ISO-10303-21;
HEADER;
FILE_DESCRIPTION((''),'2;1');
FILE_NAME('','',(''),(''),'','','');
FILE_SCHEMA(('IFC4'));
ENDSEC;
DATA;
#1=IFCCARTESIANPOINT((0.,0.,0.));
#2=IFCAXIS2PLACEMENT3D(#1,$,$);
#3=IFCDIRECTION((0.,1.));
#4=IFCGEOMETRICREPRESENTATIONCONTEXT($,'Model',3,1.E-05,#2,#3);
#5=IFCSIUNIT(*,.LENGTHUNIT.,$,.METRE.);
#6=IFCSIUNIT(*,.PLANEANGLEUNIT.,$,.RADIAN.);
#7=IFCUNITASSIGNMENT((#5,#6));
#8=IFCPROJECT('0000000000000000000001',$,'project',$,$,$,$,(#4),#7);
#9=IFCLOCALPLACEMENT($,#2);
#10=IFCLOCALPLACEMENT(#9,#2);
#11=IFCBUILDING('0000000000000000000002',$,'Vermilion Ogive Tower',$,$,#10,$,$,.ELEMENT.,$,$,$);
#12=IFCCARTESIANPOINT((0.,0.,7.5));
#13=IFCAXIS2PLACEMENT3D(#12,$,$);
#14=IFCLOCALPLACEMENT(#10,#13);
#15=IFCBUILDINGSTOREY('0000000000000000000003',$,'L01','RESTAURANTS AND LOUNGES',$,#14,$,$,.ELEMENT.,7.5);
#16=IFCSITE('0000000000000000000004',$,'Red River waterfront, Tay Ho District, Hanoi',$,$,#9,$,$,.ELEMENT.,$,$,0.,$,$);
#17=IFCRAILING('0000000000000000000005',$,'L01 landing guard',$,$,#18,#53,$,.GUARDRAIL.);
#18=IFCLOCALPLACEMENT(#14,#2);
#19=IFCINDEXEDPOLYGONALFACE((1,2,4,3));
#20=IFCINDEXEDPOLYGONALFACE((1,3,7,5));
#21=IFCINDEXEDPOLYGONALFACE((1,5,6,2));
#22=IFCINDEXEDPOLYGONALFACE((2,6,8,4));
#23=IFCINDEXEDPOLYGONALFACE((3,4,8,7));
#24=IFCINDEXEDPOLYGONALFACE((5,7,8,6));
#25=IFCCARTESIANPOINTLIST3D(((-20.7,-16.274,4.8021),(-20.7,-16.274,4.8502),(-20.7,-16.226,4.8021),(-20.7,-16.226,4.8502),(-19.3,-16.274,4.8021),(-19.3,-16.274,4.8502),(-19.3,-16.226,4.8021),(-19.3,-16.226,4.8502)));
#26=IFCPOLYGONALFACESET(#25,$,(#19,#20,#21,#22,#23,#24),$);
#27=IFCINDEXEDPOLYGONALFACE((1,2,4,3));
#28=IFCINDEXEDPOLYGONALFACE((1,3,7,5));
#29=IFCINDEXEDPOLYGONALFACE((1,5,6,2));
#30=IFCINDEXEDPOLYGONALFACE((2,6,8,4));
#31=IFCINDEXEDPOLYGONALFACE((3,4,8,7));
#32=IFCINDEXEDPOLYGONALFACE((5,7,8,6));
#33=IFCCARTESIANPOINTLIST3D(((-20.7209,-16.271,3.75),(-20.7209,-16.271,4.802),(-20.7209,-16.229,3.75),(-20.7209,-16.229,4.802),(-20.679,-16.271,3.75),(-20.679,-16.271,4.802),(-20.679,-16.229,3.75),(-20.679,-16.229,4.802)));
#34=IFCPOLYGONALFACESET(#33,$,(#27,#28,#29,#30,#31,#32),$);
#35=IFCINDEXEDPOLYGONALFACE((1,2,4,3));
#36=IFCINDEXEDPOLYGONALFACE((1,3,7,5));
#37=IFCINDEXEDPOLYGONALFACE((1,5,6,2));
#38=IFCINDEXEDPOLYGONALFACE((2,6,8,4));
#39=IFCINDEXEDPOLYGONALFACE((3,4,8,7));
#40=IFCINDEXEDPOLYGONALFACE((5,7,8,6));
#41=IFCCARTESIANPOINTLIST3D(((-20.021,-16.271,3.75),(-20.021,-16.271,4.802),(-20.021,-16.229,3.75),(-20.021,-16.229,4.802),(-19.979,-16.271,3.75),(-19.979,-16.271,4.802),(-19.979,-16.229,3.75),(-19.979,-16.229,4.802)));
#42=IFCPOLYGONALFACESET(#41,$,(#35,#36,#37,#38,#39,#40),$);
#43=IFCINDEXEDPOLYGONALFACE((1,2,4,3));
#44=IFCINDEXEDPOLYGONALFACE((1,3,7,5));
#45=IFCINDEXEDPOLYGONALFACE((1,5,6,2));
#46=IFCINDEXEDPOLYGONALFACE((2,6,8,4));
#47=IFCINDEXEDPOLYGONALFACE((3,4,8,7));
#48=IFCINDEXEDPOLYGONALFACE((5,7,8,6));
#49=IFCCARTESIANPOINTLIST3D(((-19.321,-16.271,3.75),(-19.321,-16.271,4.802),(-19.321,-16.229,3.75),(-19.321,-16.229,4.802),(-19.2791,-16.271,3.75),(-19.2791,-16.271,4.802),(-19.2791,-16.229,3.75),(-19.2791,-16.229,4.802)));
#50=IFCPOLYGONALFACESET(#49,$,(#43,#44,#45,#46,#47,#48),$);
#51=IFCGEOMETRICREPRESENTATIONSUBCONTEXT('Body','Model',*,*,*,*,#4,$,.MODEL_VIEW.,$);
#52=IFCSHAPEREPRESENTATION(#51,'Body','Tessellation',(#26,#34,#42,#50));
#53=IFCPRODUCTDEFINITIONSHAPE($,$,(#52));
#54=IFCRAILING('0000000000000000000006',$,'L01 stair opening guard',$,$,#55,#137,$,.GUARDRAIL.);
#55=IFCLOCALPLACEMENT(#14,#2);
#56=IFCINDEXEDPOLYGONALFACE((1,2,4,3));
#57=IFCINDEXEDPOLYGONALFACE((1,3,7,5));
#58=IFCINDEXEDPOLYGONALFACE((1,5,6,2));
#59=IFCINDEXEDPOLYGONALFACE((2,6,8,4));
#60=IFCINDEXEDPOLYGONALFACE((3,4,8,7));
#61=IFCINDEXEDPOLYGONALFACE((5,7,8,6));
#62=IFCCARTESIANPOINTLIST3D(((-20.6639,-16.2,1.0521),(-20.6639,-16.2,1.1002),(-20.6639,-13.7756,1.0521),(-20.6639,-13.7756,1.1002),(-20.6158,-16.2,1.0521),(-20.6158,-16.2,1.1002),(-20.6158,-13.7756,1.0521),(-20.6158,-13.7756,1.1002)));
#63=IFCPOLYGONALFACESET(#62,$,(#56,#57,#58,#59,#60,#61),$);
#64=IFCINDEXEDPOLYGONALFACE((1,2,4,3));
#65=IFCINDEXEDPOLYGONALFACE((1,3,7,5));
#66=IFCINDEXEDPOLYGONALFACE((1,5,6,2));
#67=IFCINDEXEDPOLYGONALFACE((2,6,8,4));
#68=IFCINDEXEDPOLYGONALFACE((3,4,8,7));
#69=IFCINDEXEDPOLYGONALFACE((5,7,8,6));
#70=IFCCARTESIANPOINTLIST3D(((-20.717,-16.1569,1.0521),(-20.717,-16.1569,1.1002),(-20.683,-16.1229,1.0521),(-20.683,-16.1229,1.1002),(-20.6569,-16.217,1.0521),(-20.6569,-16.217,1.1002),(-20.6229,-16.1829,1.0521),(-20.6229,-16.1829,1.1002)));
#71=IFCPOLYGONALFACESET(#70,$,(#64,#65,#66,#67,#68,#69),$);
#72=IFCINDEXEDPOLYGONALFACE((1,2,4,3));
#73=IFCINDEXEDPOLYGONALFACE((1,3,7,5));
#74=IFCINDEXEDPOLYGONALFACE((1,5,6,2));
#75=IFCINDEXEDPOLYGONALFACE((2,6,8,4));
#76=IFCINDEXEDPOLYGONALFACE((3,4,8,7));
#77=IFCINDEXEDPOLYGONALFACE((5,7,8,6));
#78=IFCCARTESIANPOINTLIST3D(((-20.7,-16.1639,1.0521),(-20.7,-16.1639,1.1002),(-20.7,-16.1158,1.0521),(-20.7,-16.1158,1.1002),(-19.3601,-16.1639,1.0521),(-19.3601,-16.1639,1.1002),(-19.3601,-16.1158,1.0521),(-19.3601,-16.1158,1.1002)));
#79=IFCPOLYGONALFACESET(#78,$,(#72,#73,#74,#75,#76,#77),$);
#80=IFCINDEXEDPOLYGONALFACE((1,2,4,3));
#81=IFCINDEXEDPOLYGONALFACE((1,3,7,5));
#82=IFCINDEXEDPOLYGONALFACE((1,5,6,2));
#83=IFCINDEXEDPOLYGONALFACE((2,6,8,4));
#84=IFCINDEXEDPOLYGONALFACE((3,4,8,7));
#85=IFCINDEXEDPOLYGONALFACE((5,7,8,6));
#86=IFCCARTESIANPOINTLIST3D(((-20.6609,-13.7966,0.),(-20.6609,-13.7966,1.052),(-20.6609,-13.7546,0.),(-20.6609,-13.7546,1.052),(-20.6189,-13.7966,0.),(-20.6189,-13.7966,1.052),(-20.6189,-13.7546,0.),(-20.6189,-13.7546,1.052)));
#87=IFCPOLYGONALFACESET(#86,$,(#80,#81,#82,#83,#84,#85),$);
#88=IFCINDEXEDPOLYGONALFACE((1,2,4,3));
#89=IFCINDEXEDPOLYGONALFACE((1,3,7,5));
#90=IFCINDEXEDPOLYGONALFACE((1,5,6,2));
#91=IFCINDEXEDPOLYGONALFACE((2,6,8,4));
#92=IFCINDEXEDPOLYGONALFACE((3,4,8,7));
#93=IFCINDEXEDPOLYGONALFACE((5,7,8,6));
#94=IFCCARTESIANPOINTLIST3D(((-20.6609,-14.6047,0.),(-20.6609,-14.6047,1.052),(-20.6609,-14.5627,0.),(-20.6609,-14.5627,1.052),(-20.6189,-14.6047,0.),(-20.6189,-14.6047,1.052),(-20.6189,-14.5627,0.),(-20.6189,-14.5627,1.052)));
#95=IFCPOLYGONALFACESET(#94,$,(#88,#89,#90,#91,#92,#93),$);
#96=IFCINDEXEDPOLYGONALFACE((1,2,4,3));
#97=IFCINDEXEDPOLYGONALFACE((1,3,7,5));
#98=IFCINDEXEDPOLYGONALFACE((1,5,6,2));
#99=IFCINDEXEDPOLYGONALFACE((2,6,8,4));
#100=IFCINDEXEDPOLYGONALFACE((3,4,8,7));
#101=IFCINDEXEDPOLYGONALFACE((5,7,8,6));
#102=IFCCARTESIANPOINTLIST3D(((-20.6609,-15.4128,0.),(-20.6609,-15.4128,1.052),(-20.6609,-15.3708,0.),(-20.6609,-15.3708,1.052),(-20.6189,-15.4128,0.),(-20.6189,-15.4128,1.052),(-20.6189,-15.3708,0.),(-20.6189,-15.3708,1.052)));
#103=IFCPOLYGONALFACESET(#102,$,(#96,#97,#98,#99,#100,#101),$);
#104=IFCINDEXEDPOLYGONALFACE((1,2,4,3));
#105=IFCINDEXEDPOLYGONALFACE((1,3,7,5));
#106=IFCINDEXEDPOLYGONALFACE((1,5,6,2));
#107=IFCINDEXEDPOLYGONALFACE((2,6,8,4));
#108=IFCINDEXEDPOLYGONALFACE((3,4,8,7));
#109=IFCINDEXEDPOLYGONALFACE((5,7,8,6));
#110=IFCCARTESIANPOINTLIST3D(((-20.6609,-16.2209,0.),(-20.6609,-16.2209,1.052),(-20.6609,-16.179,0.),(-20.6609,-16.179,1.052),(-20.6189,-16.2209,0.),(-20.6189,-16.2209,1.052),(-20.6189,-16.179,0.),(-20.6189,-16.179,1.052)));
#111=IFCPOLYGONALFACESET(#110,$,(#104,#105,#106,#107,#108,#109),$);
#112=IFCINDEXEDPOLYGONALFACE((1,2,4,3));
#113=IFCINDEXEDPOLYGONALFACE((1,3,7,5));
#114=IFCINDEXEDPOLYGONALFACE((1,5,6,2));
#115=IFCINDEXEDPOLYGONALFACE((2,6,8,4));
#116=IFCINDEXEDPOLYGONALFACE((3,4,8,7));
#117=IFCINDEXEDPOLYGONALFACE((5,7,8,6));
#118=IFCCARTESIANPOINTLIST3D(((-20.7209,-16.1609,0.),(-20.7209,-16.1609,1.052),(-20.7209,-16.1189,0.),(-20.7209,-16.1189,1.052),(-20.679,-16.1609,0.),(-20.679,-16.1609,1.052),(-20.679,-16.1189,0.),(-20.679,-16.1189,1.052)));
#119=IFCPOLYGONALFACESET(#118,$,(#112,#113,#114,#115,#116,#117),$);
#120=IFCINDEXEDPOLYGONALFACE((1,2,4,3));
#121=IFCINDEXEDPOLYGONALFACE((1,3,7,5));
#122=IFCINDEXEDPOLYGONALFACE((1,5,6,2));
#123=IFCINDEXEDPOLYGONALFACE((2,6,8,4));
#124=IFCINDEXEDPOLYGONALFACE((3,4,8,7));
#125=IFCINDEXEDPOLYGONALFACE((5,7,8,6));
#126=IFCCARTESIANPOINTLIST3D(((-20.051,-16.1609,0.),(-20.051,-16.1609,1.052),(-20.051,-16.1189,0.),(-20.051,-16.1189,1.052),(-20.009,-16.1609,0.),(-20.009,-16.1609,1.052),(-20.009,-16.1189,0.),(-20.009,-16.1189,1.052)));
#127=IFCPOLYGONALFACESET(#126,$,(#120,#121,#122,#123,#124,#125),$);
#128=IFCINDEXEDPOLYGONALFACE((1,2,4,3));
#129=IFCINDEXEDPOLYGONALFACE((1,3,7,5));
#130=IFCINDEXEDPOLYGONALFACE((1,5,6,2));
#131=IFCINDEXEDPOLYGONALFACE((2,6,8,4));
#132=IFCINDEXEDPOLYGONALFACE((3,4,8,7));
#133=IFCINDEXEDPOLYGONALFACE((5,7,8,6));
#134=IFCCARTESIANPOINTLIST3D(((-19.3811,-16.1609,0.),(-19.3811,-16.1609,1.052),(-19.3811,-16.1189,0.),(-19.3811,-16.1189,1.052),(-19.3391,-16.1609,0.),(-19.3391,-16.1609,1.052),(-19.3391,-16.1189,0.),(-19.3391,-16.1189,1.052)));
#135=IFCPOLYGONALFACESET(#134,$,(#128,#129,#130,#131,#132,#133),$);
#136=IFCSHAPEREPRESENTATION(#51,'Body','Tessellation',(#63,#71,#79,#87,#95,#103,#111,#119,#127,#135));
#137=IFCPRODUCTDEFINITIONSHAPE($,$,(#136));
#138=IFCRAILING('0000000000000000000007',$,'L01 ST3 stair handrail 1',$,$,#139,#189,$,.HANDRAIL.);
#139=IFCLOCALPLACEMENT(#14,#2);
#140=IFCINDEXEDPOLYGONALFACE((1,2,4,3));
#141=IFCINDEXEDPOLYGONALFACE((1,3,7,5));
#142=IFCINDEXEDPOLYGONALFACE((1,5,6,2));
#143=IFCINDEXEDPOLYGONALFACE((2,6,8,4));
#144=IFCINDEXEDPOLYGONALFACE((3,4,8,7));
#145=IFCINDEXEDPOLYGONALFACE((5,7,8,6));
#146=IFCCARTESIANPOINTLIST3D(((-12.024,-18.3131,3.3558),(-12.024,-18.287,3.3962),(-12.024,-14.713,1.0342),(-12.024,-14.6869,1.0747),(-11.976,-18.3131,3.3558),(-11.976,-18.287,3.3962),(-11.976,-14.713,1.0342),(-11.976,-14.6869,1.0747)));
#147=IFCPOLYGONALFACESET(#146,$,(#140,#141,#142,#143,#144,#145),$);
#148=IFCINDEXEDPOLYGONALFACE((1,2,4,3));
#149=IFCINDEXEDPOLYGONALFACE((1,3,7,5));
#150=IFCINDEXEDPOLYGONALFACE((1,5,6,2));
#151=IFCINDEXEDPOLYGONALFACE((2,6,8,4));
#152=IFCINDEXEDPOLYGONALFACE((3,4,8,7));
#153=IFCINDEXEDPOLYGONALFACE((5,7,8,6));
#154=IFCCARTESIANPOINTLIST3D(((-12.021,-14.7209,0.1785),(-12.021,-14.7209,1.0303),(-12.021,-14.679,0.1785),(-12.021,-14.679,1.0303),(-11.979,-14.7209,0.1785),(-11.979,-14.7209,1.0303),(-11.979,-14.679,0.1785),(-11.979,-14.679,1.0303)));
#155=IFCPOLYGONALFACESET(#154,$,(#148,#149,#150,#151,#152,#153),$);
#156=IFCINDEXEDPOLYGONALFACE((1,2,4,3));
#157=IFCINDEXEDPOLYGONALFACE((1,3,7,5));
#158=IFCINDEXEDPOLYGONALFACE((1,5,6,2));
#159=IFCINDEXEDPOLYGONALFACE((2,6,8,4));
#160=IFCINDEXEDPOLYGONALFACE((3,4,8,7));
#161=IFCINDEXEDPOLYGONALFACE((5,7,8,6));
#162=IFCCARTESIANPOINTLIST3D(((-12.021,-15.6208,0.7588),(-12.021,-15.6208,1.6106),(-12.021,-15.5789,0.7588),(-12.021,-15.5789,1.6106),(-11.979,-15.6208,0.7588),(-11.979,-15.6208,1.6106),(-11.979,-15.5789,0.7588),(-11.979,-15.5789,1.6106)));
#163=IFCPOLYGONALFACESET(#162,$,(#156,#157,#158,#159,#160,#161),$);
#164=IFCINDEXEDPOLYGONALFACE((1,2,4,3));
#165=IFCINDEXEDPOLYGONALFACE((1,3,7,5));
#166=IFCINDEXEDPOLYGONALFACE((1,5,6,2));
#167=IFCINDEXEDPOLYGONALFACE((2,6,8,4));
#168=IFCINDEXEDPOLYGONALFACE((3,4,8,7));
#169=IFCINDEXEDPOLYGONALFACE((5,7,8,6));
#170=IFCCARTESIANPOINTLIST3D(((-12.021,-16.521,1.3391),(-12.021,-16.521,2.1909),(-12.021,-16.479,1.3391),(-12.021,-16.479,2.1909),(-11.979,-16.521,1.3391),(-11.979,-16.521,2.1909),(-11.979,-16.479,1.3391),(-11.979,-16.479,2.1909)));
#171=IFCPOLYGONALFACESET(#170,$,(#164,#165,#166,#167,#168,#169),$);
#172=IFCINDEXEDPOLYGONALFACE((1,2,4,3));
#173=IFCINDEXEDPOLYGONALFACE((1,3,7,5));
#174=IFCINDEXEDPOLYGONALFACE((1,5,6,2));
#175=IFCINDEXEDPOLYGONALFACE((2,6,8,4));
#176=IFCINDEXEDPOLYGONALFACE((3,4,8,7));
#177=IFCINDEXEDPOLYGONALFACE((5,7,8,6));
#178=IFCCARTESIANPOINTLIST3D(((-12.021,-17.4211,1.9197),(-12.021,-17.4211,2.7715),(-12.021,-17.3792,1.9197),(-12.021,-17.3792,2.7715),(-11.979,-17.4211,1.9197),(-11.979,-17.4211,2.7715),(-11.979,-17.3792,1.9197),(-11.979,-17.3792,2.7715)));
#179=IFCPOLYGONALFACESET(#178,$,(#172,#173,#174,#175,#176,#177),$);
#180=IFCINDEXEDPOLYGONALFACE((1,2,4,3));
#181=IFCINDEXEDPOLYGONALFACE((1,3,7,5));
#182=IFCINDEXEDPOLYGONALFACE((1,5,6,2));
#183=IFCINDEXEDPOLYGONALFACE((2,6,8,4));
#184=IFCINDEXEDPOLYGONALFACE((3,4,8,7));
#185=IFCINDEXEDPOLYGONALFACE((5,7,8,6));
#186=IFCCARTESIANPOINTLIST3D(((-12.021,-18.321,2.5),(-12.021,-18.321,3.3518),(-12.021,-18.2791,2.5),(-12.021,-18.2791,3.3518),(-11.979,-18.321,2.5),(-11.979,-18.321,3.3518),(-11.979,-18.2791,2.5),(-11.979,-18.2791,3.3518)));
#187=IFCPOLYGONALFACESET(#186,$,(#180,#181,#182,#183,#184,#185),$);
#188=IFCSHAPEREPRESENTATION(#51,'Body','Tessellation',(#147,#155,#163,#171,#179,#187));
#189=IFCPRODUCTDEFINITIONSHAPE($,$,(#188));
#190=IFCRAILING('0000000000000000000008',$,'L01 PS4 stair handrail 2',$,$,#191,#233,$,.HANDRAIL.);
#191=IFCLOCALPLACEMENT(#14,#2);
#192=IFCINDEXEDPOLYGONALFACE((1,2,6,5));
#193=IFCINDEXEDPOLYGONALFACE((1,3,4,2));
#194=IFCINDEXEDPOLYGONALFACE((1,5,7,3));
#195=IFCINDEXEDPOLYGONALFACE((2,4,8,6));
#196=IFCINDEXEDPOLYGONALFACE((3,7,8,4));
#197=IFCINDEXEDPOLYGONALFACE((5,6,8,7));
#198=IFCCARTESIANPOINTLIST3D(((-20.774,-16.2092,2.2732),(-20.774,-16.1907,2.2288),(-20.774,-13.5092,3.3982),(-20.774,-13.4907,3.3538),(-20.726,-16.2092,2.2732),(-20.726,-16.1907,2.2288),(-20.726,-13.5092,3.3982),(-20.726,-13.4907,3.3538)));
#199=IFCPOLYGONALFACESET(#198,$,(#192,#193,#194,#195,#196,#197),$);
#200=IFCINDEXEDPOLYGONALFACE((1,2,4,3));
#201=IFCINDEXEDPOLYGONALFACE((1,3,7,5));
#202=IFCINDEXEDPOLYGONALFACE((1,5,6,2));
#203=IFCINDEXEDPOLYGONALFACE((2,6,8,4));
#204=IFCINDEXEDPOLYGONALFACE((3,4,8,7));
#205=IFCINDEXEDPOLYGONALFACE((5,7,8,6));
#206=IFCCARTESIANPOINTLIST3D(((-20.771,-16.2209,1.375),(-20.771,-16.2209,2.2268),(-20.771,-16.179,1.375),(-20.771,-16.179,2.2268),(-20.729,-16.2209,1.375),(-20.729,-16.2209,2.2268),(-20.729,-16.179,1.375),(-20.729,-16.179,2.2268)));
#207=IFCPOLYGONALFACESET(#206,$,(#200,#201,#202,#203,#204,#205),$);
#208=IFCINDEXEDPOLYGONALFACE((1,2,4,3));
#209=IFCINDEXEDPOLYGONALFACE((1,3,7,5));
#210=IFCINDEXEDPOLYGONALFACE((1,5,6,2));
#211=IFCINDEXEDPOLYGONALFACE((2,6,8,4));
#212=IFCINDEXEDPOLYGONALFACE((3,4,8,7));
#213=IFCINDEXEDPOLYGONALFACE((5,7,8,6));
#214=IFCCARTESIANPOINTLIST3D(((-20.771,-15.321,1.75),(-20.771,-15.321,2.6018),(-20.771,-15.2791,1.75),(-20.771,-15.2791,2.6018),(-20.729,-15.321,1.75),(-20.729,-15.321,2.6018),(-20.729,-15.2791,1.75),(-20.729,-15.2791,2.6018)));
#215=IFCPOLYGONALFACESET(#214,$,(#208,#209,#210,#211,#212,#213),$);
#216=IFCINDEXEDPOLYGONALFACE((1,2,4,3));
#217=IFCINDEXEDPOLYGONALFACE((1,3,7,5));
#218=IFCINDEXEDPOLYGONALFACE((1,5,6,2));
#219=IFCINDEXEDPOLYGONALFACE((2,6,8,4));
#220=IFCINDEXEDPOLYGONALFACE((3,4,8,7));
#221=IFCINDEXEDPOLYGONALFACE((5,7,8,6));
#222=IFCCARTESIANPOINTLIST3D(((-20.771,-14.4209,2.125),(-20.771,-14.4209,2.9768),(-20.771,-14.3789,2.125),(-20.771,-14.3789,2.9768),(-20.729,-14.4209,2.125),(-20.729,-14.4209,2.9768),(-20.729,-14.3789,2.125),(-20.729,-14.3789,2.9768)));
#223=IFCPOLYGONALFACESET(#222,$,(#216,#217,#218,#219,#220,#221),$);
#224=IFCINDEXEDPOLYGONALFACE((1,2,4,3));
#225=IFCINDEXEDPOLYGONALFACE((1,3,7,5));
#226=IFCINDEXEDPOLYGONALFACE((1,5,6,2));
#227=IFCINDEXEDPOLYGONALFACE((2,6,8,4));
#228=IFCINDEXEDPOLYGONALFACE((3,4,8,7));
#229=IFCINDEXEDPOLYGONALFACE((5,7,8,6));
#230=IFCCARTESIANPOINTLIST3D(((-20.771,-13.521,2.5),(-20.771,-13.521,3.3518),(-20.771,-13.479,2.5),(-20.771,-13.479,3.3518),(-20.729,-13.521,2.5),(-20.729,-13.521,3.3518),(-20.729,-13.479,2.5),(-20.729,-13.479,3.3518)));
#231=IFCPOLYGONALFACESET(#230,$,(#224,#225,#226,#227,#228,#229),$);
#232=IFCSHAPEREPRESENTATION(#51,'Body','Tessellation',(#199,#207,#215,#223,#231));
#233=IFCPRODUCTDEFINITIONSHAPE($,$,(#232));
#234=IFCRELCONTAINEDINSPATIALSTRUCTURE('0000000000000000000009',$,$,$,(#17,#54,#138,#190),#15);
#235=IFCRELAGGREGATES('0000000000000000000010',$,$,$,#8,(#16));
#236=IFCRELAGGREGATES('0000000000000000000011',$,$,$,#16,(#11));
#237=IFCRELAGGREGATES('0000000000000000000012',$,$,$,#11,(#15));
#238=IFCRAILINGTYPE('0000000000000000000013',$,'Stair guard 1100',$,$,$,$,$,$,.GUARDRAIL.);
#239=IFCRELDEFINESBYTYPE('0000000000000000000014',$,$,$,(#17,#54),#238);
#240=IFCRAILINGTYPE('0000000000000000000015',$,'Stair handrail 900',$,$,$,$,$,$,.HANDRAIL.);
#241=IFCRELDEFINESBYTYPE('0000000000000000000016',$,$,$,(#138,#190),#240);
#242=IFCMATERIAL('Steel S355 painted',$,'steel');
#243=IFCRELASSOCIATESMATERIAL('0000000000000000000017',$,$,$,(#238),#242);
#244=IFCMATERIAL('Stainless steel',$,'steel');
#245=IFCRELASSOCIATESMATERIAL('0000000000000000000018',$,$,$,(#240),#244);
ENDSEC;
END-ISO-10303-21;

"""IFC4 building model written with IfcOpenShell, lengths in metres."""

from ifc_helpers import new_model, si_unit, direction, frame, origin, origin_2d, place, context, subcontext, project, spatial, rectangle, extrude, material, type_object, element, save


model = new_model("IFC4")

# Units and contexts
model_context = context("Model", 3, precision=1e-05, world=origin(), true_north=direction((0.0, 1.0)))
body_context = subcontext(model_context, "Body", "Model", "MODEL_VIEW")
ifc_project = project(units=[si_unit("LENGTHUNIT", "METRE"), si_unit("PLANEANGLEUNIT", "RADIAN")], contexts=[model_context])

# Site, building, storey
site_placement = place(None, origin())
site = spatial("IfcSite", under=ifc_project, at=site_placement, Name="Red River waterfront, Tay Ho District, Hanoi", CompositionType="ELEMENT", RefElevation=0.0)
building_placement = place(site_placement, origin())
building = spatial("IfcBuilding", under=site, at=building_placement, Name="Vermilion Ogive Tower", CompositionType="ELEMENT")
storey_placement = place(building_placement, frame((0.0, 0.0, 7.5)))
storey = spatial("IfcBuildingStorey", under=building, at=storey_placement, Name="L01", Description="RESTAURANTS AND LOUNGES", CompositionType="ELEMENT", Elevation=7.5)

# Railings
ifc_material_1 = material(Name="Steel S355 painted", Category="steel")
railing_type_1 = type_object("IfcRailingType", Name="Stair guard 1100", PredefinedType="GUARDRAIL", material=ifc_material_1)
for number, where, name in (
    (1, (-20.7, -16.25, 3.75), "L01 landing guard"),
):
    element("IfcRailing", number, at=place(storey_placement, frame(where)), inside=storey, type_object=railing_type_1, Name=name, PredefinedType="GUARDRAIL", context=body_context, shape_type="SweptSolid", body=[
        extrude(rectangle(XDim=0.0481, YDim=0.0481, at=origin_2d()), frame((0.0, 0.0, 1.0762), z_axis=(1.0, 0.0, 0.0), x_axis=(0.0, 1.0, 0.0)), (0.0, 0.0, 1.0), 1.3999),
        extrude(rectangle(XDim=0.042, YDim=0.042, at=origin_2d()), origin(), (0.0, 0.0, 1.0), 1.052),
        extrude(rectangle(XDim=0.042, YDim=0.042, at=origin_2d()), frame((0.7, 0.0, 0.0)), (0.0, 0.0, 1.0), 1.052),
        extrude(rectangle(XDim=0.042, YDim=0.042, at=origin_2d()), frame((1.3999, 0.0, 0.0)), (0.0, 0.0, 1.0), 1.052),
    ])
railing_1_placement = place(storey_placement, frame((-20.6399, -13.7756, 0.0)))
element("IfcRailing", 2, at=railing_1_placement, inside=storey, type_object=railing_type_1, Name="L01 stair opening guard", PredefinedType="GUARDRAIL", context=body_context, shape_type="SweptSolid", body=[
    extrude(rectangle(XDim=0.0481, YDim=0.0481, at=origin_2d()), frame((0.0, 0.0, 1.0762), z_axis=(0.0, -1.0, 0.0), x_axis=(1.0, 0.0, 0.0)), (0.0, 0.0, 1.0), 2.4243),
    extrude(rectangle(XDim=0.0481, YDim=0.0481, at=origin_2d()), frame((0.0, -2.4243, 1.0762), z_axis=(-0.707107, 0.707107, 0.0), x_axis=(-0.707107, -0.707107, 0.0)), (0.0, 0.0, 1.0), 0.085),
    extrude(rectangle(XDim=0.0481, YDim=0.0481, at=origin_2d()), frame((-0.0601, -2.3643, 1.0762), z_axis=(1.0, 0.0, 0.0), x_axis=(0.0, 1.0, 0.0)), (0.0, 0.0, 1.0), 1.3398),
    extrude(rectangle(XDim=0.042, YDim=0.042, at=origin_2d()), origin(), (0.0, 0.0, 1.0), 1.052),
    extrude(rectangle(XDim=0.042, YDim=0.042, at=origin_2d()), frame((0.0, -0.8081, 0.0)), (0.0, 0.0, 1.0), 1.052),
    extrude(rectangle(XDim=0.042, YDim=0.042, at=origin_2d()), frame((0.0, -1.6162, 0.0)), (0.0, 0.0, 1.0), 1.052),
    extrude(rectangle(XDim=0.042, YDim=0.042, at=origin_2d()), frame((0.0, -2.4243, 0.0)), (0.0, 0.0, 1.0), 1.052),
    extrude(rectangle(XDim=0.042, YDim=0.042, at=origin_2d()), frame((-0.0601, -2.3643, 0.0)), (0.0, 0.0, 1.0), 1.052),
    extrude(rectangle(XDim=0.042, YDim=0.042, at=origin_2d()), frame((0.6099, -2.3643, 0.0)), (0.0, 0.0, 1.0), 1.052),
    extrude(rectangle(XDim=0.042, YDim=0.042, at=origin_2d()), frame((1.2798, -2.3643, 0.0)), (0.0, 0.0, 1.0), 1.052),
])
ifc_material_2 = material(Name="Stainless steel", Category="steel")
railing_type_2 = type_object("IfcRailingType", Name="Stair handrail 900", PredefinedType="HANDRAIL", material=ifc_material_2)
railing_2_placement = place(storey_placement, frame((-12.0, -14.7, 0.1785)))
element("IfcRailing", 3, at=railing_2_placement, inside=storey, type_object=railing_type_2, Name="L01 ST3 stair handrail 1", PredefinedType="HANDRAIL", context=body_context, shape_type="SweptSolid", body=[
    extrude(rectangle(XDim=0.0481, YDim=0.0481, at=origin_2d()), frame((0.0, 0.0, 0.876), z_axis=(0.0, -0.840415, 0.541944), x_axis=(1.0, 0.0, 0.0)), (0.0, 0.0, 1.0), 4.2837),
    extrude(rectangle(XDim=0.042, YDim=0.042, at=origin_2d()), origin(), (0.0, 0.0, 1.0), 0.8518),
    extrude(rectangle(XDim=0.042, YDim=0.042, at=origin_2d()), frame((0.0, -0.8999, 0.5803)), (0.0, 0.0, 1.0), 0.8518),
    extrude(rectangle(XDim=0.042, YDim=0.042, at=origin_2d()), frame((0.0, -1.8, 1.1606)), (0.0, 0.0, 1.0), 0.8518),
    extrude(rectangle(XDim=0.042, YDim=0.042, at=origin_2d()), frame((0.0, -2.7002, 1.7412)), (0.0, 0.0, 1.0), 0.8518),
    extrude(rectangle(XDim=0.042, YDim=0.042, at=origin_2d()), frame((0.0, -3.6001, 2.3215)), (0.0, 0.0, 1.0), 0.8518),
])
for number, where, name in (
    (4, (-20.75, -16.2, 1.375), "L01 PS4 stair handrail 2"),
):
    element("IfcRailing", number, at=place(storey_placement, frame(where)), inside=storey, type_object=railing_type_2, Name=name, PredefinedType="HANDRAIL", context=body_context, shape_type="SweptSolid", body=[
        extrude(rectangle(XDim=0.0481, YDim=0.0481, at=origin_2d()), frame((0.0, 0.0, 0.876), z_axis=(0.0, 0.923074, 0.384621), x_axis=(-1.0, 0.0, 0.0)), (0.0, 0.0, 1.0), 2.925),
        extrude(rectangle(XDim=0.042, YDim=0.042, at=origin_2d()), origin(), (0.0, 0.0, 1.0), 0.8518),
        extrude(rectangle(XDim=0.042, YDim=0.042, at=origin_2d()), frame((0.0, 0.8999, 0.375)), (0.0, 0.0, 1.0), 0.8518),
        extrude(rectangle(XDim=0.042, YDim=0.042, at=origin_2d()), frame((0.0, 1.8, 0.75)), (0.0, 0.0, 1.0), 0.8518),
        extrude(rectangle(XDim=0.042, YDim=0.042, at=origin_2d()), frame((0.0, 2.7, 1.125)), (0.0, 0.0, 1.0), 0.8518),
    ])

save(model, "model.ifc")
